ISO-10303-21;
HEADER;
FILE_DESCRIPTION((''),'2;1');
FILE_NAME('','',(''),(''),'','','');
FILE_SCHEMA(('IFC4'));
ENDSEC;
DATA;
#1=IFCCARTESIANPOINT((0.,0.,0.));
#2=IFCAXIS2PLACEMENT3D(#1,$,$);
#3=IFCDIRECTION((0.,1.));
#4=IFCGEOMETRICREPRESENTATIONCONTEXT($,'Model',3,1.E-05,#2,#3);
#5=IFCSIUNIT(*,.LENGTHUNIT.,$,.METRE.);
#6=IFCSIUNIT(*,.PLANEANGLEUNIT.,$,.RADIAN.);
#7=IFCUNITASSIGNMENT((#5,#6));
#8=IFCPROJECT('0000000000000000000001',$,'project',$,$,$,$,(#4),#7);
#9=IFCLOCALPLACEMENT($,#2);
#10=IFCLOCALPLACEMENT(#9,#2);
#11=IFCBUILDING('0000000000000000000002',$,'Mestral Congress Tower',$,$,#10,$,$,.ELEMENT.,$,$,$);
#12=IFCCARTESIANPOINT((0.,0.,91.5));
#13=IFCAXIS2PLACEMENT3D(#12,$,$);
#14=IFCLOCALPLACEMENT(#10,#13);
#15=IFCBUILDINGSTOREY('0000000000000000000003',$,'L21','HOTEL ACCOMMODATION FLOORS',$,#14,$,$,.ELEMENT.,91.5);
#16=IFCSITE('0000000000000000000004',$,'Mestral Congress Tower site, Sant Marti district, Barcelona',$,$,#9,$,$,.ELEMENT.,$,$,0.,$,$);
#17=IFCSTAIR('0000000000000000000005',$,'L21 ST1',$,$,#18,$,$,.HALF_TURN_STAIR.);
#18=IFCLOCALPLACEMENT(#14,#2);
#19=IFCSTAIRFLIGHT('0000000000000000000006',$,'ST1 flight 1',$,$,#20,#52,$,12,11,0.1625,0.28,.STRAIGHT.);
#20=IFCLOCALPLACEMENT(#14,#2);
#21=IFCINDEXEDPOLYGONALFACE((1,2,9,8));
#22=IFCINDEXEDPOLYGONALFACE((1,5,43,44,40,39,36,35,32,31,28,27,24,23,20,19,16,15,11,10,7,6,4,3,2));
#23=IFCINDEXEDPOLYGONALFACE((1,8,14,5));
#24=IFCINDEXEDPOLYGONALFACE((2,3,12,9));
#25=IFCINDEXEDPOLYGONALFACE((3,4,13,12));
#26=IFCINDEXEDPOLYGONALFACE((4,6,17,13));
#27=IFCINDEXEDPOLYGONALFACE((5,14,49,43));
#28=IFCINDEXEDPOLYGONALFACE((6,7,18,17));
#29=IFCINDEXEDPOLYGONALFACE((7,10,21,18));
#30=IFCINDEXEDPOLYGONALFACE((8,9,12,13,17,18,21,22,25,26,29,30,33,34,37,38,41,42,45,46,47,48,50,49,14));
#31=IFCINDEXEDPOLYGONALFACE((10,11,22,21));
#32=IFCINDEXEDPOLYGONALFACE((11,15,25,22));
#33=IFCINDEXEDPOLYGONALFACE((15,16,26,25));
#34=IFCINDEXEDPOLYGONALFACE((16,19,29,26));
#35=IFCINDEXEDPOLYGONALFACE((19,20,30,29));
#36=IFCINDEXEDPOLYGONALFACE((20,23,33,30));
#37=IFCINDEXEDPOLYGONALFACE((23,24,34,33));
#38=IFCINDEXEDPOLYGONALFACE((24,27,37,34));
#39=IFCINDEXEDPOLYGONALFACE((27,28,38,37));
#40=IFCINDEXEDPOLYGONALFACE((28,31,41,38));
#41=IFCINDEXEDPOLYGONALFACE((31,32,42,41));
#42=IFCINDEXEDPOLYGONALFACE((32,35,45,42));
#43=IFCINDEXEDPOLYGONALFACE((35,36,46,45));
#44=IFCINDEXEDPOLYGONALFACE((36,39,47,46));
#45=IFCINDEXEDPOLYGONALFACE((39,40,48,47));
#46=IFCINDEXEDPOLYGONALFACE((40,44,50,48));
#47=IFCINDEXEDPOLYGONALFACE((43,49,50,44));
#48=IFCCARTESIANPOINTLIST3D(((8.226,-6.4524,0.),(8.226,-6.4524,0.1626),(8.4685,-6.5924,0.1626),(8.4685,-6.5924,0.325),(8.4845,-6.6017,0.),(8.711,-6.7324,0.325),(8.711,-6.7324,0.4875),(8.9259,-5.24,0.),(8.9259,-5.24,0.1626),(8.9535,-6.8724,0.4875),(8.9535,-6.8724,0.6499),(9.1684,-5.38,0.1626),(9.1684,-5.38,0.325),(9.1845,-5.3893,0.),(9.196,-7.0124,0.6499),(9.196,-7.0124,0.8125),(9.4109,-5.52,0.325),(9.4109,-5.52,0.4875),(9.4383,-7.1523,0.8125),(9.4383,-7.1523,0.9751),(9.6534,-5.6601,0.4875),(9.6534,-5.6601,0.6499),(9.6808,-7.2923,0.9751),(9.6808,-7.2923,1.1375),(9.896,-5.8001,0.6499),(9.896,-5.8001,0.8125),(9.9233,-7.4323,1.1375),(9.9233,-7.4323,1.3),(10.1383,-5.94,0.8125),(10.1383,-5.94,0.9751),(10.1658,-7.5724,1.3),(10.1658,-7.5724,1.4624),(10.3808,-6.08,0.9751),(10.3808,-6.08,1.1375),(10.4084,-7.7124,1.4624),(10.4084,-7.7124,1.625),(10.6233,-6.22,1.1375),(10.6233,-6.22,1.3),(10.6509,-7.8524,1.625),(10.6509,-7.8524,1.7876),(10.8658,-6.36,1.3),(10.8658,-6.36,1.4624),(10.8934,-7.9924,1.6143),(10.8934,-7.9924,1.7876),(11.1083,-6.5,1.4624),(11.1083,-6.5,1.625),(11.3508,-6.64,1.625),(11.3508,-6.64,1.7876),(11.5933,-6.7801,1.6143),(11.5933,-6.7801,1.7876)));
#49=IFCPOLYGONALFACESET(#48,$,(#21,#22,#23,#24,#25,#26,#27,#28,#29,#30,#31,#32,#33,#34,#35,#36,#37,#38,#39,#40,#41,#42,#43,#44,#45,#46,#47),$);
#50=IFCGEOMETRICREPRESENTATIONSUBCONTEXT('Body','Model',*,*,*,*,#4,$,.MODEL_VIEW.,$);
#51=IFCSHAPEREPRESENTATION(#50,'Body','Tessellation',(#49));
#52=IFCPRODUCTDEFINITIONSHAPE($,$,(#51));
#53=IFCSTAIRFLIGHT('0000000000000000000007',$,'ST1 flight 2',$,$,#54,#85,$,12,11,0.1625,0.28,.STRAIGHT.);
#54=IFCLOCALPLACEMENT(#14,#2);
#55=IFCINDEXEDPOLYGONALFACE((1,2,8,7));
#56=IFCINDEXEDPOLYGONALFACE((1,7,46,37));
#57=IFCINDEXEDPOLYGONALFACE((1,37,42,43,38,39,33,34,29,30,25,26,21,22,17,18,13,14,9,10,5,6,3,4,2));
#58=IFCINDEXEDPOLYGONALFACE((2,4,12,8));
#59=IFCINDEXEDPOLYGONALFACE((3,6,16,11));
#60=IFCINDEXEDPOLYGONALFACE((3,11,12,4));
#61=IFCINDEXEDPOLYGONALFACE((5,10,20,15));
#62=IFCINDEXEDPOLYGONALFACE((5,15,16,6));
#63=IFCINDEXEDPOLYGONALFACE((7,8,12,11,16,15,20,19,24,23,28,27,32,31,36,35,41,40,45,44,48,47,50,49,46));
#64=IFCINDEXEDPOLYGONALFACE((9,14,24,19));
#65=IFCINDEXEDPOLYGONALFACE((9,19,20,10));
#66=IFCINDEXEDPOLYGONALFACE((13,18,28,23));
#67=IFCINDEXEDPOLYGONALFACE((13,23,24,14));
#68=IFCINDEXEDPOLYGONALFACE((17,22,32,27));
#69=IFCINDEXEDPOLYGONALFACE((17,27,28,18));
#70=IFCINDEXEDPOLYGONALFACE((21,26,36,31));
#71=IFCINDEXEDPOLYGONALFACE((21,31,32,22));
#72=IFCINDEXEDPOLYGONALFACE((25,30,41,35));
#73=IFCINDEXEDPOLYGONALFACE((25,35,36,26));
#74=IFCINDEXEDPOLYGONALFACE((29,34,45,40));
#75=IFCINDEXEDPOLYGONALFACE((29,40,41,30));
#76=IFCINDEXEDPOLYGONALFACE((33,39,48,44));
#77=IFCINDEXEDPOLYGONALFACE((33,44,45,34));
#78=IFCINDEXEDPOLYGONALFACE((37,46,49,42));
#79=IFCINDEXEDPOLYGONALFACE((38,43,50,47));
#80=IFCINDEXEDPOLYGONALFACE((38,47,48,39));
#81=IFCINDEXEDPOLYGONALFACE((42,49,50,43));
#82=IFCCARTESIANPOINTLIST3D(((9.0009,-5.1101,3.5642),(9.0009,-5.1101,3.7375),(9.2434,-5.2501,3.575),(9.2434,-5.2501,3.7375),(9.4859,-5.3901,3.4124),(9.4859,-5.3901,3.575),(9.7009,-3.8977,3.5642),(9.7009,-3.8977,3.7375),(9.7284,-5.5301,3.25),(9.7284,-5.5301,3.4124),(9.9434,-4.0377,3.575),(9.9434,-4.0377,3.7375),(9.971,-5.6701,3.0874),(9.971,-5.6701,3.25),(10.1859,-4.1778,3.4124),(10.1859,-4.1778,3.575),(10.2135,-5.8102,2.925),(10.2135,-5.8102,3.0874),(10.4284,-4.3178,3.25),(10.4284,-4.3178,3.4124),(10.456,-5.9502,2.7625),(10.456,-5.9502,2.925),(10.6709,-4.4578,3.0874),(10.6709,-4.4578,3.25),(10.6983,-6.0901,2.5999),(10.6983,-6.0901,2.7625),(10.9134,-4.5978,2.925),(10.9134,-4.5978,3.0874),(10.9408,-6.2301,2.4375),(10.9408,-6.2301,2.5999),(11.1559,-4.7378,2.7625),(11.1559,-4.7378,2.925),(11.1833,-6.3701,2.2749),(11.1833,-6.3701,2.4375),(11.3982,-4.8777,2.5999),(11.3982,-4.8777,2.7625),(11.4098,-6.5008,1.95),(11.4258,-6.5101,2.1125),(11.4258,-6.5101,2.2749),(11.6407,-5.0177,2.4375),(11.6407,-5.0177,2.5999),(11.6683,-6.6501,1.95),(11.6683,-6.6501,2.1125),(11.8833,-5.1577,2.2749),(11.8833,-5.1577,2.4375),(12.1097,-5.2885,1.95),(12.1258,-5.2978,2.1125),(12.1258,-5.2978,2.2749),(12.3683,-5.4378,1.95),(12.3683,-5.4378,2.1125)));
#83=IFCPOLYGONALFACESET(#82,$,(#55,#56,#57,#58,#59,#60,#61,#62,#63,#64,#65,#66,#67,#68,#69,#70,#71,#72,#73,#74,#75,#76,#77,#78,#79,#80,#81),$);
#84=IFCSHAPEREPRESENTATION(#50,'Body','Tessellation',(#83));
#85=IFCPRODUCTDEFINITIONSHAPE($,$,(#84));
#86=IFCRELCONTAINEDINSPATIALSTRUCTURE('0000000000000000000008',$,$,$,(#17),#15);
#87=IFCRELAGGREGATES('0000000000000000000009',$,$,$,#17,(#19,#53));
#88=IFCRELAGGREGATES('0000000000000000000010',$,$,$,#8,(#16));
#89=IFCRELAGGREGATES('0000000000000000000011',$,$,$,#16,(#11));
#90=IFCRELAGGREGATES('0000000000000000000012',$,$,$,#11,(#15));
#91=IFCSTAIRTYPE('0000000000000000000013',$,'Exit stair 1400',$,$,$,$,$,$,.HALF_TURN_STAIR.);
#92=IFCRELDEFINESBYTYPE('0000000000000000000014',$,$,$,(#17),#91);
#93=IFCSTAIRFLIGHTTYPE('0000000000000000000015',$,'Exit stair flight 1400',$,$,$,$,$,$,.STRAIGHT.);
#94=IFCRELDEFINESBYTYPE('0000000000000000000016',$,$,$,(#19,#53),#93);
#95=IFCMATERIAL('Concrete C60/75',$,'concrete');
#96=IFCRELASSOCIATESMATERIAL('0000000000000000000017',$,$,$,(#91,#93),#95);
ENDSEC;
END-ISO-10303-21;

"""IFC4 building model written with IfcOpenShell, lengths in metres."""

from ifc_helpers import new_model, si_unit, direction, frame, origin, place, context, subcontext, project, spatial, polyline, outline, extrude, material, type_object, element, aggregate, save


model = new_model("IFC4")

# Units and contexts
model_context = context("Model", 3, precision=1e-05, world=origin(), true_north=direction((0.0, 1.0)))
body_context = subcontext(model_context, "Body", "Model", "MODEL_VIEW")
ifc_project = project(units=[si_unit("LENGTHUNIT", "METRE"), si_unit("PLANEANGLEUNIT", "RADIAN")], contexts=[model_context])

# Site, building, storey
site_placement = place(None, origin())
site = spatial("IfcSite", under=ifc_project, at=site_placement, Name="Mestral Congress Tower site, Sant Marti district, Barcelona", CompositionType="ELEMENT", RefElevation=0.0)
building_placement = place(site_placement, origin())
building = spatial("IfcBuilding", under=site, at=building_placement, Name="Mestral Congress Tower", CompositionType="ELEMENT")
storey_placement = place(building_placement, frame((0.0, 0.0, 91.5)))
storey = spatial("IfcBuildingStorey", under=building, at=storey_placement, Name="L21", Description="HOTEL ACCOMMODATION FLOORS", CompositionType="ELEMENT", Elevation=91.5)

# Shared definitions
ifc_material_1 = material(Name="Concrete C60/75", Category="concrete")

# Stair, stair flights
stair_type = type_object("IfcStairType", Name="Exit stair 1400", PredefinedType="HALF_TURN_STAIR", material=ifc_material_1)
stair_placement = place(storey_placement, origin())
stair = element("IfcStair", 1, at=stair_placement, inside=storey, type_object=stair_type, Name="L21 ST1", PredefinedType="HALF_TURN_STAIR")
stair_flight_type = type_object("IfcStairFlightType", Name="Exit stair flight 1400", PredefinedType="STRAIGHT", material=ifc_material_1)
stair_flight_1_placement = place(storey_placement, frame((8.5759, -5.8462, 0.0), z_axis=(0.0, 0.0, 1.0), x_axis=(0.866025, -0.5, 0.0)))
stair_flight_1 = element("IfcStairFlight", 2, at=stair_flight_1_placement, type_object=stair_flight_type, Name="ST1 flight 1", NumberOfRisers=12, NumberOfTreads=11, PredefinedType="STRAIGHT", RiserHeight=0.1625, TreadLength=0.28, context=body_context, shape_type="SweptSolid", body=[
    extrude(outline(polyline([(0.0, 0.0), (0.0, 0.1626), (0.28, 0.1626), (0.28, 0.325), (0.5601, 0.325), (0.5601, 0.4875), (0.8401, 0.4875), (0.8401, 0.6499), (1.1201, 0.6499), (1.1201, 0.8125), (1.3999, 0.8125), (1.3999, 0.9751), (1.6799, 0.9751), (1.6799, 1.1375), (1.96, 1.1375), (1.96, 1.3), (2.24, 1.3), (2.24, 1.4624), (2.52, 1.4624), (2.52, 1.625), (2.8, 1.625), (2.8, 1.7876), (3.0801, 1.7876), (3.0801, 1.95), (3.0801, 1.6143), (0.2986, 0.0), (0.0, 0.0)])), frame((0.0, 0.7, 0.0), z_axis=(0.0, -1.0, 0.0), x_axis=(1.0, 0.0, 0.0)), (0.0, 0.0, 1.0), 1.3999),
])
stair_flight_2_placement = place(storey_placement, frame((12.0183, -6.0439, 1.95), z_axis=(0.0, 0.0, 1.0), x_axis=(-0.866025, 0.5, 0.0)))
stair_flight_2 = element("IfcStairFlight", 3, at=stair_flight_2_placement, type_object=stair_flight_type, Name="ST1 flight 2", NumberOfRisers=12, NumberOfTreads=11, PredefinedType="STRAIGHT", RiserHeight=0.1625, TreadLength=0.28, context=body_context, shape_type="SweptSolid", body=[
    extrude(outline(polyline([(0.0, 0.0), (0.0, 0.1626), (0.28, 0.1626), (0.28, 0.325), (0.5601, 0.325), (0.5601, 0.4875), (0.8401, 0.4875), (0.8401, 0.6499), (1.1201, 0.6499), (1.1201, 0.8125), (1.3999, 0.8125), (1.3999, 0.9751), (1.6799, 0.9751), (1.6799, 1.1375), (1.96, 1.1375), (1.96, 1.3), (2.24, 1.3), (2.24, 1.4624), (2.52, 1.4624), (2.52, 1.625), (2.8, 1.625), (2.8, 1.7876), (3.0801, 1.7876), (3.0801, 1.95), (3.0801, 1.6143), (0.2986, 0.0), (0.0, 0.0)])), frame((0.0, 0.7, 0.0), z_axis=(0.0, -1.0, 0.0), x_axis=(1.0, 0.0, 0.0)), (0.0, 0.0, 1.0), 1.3999),
])
aggregate(stair, [stair_flight_1, stair_flight_2])

save(model, "model.ifc")
